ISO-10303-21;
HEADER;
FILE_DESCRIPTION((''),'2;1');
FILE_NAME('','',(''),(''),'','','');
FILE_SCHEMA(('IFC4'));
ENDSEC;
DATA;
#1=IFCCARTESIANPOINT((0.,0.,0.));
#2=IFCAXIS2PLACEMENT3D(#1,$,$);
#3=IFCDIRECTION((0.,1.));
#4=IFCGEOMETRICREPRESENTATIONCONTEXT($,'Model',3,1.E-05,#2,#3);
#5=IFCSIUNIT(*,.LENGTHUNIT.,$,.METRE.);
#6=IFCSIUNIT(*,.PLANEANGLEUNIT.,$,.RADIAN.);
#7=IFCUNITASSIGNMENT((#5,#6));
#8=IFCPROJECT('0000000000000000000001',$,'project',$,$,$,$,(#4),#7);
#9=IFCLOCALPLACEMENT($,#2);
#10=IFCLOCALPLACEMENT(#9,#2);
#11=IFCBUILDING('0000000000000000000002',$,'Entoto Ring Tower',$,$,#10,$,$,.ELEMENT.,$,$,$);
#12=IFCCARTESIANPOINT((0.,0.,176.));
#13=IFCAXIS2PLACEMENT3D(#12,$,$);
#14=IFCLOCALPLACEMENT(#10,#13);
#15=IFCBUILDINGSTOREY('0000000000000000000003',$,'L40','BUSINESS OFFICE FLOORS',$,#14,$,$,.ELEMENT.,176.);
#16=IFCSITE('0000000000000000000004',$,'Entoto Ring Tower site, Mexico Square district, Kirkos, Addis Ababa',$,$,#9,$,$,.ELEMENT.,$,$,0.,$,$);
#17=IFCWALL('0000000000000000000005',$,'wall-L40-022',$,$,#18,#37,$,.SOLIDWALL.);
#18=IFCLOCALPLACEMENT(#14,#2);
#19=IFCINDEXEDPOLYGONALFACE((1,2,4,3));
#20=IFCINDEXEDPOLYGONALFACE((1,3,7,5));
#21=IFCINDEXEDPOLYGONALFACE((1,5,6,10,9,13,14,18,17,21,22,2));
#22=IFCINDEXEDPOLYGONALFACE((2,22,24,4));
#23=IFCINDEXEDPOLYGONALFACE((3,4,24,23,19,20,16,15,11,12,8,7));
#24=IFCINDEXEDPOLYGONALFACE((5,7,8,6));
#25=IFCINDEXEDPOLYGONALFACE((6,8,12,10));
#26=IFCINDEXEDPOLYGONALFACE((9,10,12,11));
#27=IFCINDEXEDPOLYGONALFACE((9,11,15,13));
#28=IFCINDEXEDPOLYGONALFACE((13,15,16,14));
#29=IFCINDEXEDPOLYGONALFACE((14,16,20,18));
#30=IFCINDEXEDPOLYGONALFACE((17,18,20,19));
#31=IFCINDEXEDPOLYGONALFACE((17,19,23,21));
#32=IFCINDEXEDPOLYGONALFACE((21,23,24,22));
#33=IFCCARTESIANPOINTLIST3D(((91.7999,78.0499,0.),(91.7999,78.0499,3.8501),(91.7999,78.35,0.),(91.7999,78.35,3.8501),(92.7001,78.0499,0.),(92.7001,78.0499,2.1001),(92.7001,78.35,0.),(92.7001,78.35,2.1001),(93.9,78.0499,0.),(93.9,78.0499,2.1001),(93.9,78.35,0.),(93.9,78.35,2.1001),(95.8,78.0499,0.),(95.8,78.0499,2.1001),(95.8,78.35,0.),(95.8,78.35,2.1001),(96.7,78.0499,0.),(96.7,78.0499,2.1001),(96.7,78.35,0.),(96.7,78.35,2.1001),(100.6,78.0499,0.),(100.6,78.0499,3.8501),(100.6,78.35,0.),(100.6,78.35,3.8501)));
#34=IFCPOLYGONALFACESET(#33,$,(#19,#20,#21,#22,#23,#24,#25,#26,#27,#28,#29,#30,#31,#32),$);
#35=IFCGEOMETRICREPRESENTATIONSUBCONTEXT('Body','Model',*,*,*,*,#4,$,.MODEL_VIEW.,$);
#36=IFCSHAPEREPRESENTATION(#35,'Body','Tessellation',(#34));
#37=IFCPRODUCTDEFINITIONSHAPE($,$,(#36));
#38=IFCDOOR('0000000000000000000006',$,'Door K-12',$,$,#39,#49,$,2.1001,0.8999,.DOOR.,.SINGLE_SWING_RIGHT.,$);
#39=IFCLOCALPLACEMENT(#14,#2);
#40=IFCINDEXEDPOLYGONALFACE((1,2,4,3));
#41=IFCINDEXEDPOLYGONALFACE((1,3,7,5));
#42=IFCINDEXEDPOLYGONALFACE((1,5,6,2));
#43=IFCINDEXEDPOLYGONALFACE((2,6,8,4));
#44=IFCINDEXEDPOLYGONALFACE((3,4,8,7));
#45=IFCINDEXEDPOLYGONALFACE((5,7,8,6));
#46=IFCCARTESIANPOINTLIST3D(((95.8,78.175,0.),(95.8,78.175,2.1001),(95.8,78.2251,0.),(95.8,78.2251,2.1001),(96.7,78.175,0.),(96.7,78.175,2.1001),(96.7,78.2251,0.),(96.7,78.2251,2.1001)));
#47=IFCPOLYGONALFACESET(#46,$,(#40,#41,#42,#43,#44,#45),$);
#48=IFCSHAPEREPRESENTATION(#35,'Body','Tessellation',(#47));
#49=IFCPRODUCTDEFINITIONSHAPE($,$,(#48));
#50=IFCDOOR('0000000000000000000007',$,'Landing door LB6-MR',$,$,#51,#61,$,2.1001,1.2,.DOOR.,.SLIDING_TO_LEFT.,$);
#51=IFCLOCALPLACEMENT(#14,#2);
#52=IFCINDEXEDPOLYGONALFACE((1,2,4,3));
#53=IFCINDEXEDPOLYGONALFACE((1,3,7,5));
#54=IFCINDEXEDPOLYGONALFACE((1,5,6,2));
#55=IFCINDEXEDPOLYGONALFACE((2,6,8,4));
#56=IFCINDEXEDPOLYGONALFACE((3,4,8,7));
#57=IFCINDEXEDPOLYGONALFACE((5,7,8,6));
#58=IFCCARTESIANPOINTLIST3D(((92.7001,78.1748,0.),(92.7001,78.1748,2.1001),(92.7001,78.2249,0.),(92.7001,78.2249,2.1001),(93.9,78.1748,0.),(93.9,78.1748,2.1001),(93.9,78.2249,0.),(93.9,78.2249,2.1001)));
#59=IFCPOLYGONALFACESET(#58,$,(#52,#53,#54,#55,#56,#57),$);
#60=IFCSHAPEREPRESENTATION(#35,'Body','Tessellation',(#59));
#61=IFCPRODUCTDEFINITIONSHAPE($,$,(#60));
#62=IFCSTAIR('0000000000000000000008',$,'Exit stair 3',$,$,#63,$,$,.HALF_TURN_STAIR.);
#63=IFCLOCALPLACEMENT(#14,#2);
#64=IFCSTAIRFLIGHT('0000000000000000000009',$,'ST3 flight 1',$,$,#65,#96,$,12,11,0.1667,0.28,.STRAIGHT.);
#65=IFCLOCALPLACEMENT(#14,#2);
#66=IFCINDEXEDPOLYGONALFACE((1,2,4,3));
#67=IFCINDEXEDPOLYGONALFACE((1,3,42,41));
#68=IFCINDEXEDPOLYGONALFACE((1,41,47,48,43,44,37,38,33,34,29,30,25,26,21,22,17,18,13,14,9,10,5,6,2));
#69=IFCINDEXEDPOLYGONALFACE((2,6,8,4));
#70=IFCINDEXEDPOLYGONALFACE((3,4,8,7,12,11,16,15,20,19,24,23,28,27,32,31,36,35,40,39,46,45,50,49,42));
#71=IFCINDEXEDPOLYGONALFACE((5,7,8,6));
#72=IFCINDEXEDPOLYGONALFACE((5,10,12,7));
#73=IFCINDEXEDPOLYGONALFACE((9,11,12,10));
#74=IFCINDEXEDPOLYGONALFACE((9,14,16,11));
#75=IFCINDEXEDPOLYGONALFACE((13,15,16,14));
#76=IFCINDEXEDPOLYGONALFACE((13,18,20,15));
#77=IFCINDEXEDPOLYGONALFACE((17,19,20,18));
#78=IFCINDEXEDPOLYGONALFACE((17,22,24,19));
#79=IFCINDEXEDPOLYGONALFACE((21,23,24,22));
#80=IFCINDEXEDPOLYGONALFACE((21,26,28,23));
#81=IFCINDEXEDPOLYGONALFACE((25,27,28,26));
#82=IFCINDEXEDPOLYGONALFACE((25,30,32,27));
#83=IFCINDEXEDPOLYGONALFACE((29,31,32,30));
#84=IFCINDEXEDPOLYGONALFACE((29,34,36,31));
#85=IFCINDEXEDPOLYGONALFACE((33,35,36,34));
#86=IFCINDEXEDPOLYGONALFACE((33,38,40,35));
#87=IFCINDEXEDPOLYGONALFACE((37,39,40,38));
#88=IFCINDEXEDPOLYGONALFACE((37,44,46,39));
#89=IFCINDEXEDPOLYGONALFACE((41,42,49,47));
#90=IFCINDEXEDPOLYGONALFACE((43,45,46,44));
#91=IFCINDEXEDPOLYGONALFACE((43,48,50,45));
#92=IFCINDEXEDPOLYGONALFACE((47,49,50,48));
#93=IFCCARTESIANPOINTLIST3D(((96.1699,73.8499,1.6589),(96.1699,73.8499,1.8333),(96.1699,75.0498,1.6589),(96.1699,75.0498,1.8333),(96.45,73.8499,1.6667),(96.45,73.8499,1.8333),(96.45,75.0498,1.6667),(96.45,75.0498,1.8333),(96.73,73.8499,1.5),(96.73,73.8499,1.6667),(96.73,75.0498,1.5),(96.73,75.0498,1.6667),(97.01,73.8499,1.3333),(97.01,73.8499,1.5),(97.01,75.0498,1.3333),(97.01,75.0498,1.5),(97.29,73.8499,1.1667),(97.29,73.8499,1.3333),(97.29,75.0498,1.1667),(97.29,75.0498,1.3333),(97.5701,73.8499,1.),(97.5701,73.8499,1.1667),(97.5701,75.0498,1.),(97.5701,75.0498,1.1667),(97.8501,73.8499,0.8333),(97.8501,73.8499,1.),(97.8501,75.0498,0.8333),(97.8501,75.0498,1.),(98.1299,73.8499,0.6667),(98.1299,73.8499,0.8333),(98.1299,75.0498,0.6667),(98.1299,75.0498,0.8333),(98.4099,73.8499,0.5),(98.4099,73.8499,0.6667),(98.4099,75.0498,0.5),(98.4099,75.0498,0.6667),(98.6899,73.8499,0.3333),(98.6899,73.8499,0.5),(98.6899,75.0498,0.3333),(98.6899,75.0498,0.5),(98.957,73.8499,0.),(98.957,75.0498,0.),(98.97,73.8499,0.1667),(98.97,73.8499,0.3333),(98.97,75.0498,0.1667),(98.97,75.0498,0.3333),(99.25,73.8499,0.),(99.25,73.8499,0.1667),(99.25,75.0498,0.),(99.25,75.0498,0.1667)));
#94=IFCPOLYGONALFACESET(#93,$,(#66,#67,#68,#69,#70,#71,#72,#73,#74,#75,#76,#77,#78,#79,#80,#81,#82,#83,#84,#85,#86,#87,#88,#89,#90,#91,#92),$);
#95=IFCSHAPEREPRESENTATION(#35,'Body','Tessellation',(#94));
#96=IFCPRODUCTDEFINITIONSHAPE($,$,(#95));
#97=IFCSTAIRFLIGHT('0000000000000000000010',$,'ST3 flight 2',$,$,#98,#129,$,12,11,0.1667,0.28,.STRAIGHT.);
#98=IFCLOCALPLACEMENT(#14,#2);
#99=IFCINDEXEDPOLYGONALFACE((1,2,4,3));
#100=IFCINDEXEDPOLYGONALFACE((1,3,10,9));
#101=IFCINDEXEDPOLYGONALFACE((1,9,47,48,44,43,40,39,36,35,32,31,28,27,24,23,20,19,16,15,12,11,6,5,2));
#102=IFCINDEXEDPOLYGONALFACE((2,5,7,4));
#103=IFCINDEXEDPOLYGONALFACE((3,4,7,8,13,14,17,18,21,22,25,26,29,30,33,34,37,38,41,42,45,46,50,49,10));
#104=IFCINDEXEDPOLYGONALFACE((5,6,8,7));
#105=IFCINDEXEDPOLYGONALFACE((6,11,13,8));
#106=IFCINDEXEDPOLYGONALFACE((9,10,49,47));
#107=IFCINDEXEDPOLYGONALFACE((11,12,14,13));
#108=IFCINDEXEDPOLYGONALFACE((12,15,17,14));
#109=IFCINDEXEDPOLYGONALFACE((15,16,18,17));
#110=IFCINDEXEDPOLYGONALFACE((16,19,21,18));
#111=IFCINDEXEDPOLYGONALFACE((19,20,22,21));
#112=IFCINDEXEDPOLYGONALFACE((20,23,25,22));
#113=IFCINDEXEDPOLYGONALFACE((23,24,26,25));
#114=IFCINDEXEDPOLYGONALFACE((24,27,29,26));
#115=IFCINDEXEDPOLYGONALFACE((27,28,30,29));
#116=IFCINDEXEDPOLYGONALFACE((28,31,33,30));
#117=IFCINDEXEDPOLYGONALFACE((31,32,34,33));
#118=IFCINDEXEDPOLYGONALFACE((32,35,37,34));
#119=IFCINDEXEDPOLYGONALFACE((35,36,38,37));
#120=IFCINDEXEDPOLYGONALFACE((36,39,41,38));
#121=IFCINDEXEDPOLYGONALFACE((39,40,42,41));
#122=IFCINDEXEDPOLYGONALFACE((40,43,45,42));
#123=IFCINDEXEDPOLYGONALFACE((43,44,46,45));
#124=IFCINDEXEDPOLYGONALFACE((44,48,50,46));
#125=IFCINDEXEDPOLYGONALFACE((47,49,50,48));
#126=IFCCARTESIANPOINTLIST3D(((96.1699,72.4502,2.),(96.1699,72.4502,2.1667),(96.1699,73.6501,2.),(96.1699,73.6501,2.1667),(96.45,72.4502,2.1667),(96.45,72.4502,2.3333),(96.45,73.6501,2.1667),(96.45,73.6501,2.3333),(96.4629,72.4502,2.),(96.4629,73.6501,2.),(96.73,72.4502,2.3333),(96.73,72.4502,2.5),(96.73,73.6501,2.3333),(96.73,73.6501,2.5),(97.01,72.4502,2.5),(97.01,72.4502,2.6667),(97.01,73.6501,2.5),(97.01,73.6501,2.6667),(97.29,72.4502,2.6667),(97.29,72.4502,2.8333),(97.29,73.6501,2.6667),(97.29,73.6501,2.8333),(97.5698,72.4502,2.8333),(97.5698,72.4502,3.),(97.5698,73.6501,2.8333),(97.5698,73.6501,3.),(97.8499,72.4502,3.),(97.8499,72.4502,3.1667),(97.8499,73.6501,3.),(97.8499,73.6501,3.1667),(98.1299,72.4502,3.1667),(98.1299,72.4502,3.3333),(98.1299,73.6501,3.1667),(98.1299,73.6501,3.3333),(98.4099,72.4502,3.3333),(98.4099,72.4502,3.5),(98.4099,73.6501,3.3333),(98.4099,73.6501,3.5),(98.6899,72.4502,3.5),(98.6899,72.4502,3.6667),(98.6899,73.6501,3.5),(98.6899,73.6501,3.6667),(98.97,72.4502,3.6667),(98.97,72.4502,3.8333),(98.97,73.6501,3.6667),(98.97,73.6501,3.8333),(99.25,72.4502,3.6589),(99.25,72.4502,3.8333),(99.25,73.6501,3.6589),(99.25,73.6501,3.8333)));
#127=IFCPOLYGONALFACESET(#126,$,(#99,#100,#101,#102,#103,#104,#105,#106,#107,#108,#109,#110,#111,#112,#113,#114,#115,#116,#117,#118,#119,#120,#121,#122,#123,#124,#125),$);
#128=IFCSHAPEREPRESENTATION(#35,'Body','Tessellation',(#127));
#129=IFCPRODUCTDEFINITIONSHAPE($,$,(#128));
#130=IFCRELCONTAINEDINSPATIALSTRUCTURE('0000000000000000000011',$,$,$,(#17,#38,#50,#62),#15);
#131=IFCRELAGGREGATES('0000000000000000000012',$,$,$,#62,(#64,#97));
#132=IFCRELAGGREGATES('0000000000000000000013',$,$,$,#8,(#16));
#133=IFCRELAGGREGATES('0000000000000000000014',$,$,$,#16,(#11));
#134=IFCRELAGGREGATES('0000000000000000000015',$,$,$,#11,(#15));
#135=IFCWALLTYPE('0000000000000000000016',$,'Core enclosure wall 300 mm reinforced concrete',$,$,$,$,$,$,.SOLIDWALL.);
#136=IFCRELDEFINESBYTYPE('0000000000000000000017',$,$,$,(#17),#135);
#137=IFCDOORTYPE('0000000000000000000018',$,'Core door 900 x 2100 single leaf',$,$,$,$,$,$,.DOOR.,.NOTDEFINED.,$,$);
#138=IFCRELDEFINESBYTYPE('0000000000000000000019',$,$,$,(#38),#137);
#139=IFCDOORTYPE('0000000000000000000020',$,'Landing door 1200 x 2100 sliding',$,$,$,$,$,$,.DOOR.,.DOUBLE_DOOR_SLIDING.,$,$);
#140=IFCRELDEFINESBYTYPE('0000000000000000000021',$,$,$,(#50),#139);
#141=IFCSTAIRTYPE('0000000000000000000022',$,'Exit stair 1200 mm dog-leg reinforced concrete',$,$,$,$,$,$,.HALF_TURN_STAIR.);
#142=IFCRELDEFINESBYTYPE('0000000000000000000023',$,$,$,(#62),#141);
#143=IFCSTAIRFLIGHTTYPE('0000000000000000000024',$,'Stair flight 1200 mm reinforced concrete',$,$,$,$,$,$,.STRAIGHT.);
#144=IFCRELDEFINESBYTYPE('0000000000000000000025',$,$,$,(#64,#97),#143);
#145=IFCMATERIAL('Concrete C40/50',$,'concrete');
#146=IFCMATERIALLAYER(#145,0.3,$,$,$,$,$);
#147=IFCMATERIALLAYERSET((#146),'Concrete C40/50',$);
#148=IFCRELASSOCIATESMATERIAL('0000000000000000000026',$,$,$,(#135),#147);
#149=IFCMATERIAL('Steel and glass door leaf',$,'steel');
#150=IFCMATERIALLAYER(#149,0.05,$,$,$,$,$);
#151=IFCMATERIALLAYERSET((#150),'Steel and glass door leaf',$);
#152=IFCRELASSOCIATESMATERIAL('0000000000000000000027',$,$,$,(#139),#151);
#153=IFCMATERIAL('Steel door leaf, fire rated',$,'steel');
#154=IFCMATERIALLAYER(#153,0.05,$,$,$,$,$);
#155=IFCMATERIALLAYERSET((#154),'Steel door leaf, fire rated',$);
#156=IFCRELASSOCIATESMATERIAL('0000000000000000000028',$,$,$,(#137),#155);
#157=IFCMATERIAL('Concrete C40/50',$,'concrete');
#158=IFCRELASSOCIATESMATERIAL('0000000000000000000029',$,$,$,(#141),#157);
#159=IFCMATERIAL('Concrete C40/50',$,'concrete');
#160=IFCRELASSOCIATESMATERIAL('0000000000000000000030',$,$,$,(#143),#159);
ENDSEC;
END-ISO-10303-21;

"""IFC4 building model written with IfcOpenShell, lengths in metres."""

from ifc_helpers import new_model, si_unit, direction, frame, frame_2d, origin, place, context, subcontext, project, spatial, polyline, rectangle, outline, extrude, material, layer, layer_set, type_object, element, fill, aggregate, save


model = new_model("IFC4")

# Units and contexts
model_context = context("Model", 3, precision=1e-05, world=origin(), true_north=direction((0.0, 1.0)))
body_context = subcontext(model_context, "Body", "Model", "MODEL_VIEW")
ifc_project = project(units=[si_unit("LENGTHUNIT", "METRE"), si_unit("PLANEANGLEUNIT", "RADIAN")], contexts=[model_context])

# Site, building, storey
site_placement = place(None, origin())
site = spatial("IfcSite", under=ifc_project, at=site_placement, Name="Entoto Ring Tower site, Mexico Square district, Kirkos, Addis Ababa", CompositionType="ELEMENT", RefElevation=0.0)
building_placement = place(site_placement, origin())
building = spatial("IfcBuilding", under=site, at=building_placement, Name="Entoto Ring Tower", CompositionType="ELEMENT")
storey_placement = place(building_placement, frame((0.0, 0.0, 176.0)))
storey = spatial("IfcBuildingStorey", under=building, at=storey_placement, Name="L40", Description="BUSINESS OFFICE FLOORS", CompositionType="ELEMENT", Elevation=176.0)

# Shared definitions
ifc_material_1 = material(Name="Concrete C40/50", Category="concrete")
ifc_layer_1 = layer(ifc_material_1, 0.3)
ifc_layer_set_1 = layer_set([ifc_layer_1], Name="Concrete C40/50")
wall_type = type_object("IfcWallType", Name="Core enclosure wall 300 mm reinforced concrete", PredefinedType="SOLIDWALL", material=ifc_layer_set_1)

# Shared definitions
ifc_material_2 = material(Name="Steel and glass door leaf", Category="steel")
ifc_layer_2 = layer(ifc_material_2, 0.05)
ifc_layer_set_2 = layer_set([ifc_layer_2], Name="Steel and glass door leaf")
door_type_1 = type_object("IfcDoorType", Name="Landing door 1200 x 2100 sliding", OperationType="DOUBLE_DOOR_SLIDING", PredefinedType="DOOR", material=ifc_layer_set_2)

# Wall, openings, doors
wall_1_placement = place(storey_placement, frame((91.8, 78.2, 0.0), z_axis=(0.0, 0.0, 1.0), x_axis=(1.0, 0.0, 0.0)))
wall_1 = element("IfcWall", 1, at=wall_1_placement, inside=storey, type_object=wall_type, Name="wall-L40-022", PredefinedType="SOLIDWALL", context=body_context, shape_type="SweptSolid", body=[
    extrude(rectangle(XDim=8.8, YDim=0.3, at=frame_2d((4.3999, 0.0))), origin(), (0.0, 0.0, 1.0), 3.8501),
])
opening_1_placement = place(wall_1_placement, frame((0.8999, 0.0, 0.0)))
opening_1 = element("IfcOpeningElement", 2, at=opening_1_placement, cuts=wall_1, PredefinedType="OPENING", context=body_context, shape_type="SweptSolid", body=[
    extrude(rectangle(XDim=1.2, YDim=2.1001, at=frame_2d((0.6001, 1.05))), frame((0.0, 0.1602, 0.0), z_axis=(0.0, -1.0, 0.0), x_axis=(1.0, 0.0, 0.0)), (0.0, 0.0, 1.0), 0.3201),
])
opening_2_placement = place(wall_1_placement, frame((4.0, 0.0, 0.0)))
opening_2 = element("IfcOpeningElement", 3, at=opening_2_placement, cuts=wall_1, PredefinedType="OPENING", context=body_context, shape_type="SweptSolid", body=[
    extrude(rectangle(XDim=0.8999, YDim=2.1001, at=frame_2d((0.45, 1.05))), frame((0.0, 0.1602, 0.0), z_axis=(0.0, -1.0, 0.0), x_axis=(1.0, 0.0, 0.0)), (0.0, 0.0, 1.0), 0.3201),
])
ifc_material_3 = material(Name="Steel door leaf, fire rated", Category="steel")
ifc_layer_3 = layer(ifc_material_3, 0.05)
ifc_layer_set_3 = layer_set([ifc_layer_3], Name="Steel door leaf, fire rated")
door_type_2 = type_object("IfcDoorType", Name="Core door 900 x 2100 single leaf", OperationType="NOTDEFINED", PredefinedType="DOOR", material=ifc_layer_set_3)
door_1_placement = place(opening_2_placement, frame((0.8999, 0.0, 0.0), z_axis=(0.0, 0.0, 1.0), x_axis=(-1.0, 0.0, 0.0)))
door_1 = element("IfcDoor", 4, at=door_1_placement, inside=storey, type_object=door_type_2, Name="Door K-12", OperationType="SINGLE_SWING_RIGHT", OverallHeight=2.1001, OverallWidth=0.8999, PredefinedType="DOOR", context=body_context, shape_type="SweptSolid", body=[
    extrude(rectangle(XDim=0.8999, YDim=2.1001, at=frame_2d((0.45, 1.05))), frame((0.0, 0.0249, 0.0), z_axis=(0.0, -1.0, 0.0), x_axis=(1.0, 0.0, 0.0)), (0.0, 0.0, 1.0), 0.05),
])
fill(opening_2, door_1)
door_2_placement = place(opening_1_placement, origin())
door_2 = element("IfcDoor", 5, at=door_2_placement, inside=storey, type_object=door_type_1, Name="Landing door LB6-MR", OperationType="SLIDING_TO_LEFT", OverallHeight=2.1001, OverallWidth=1.2, PredefinedType="DOOR", context=body_context, shape_type="SweptSolid", body=[
    extrude(rectangle(XDim=1.2, YDim=2.1001, at=frame_2d((0.6001, 1.05))), frame((0.0, 0.0249, 0.0), z_axis=(0.0, -1.0, 0.0), x_axis=(1.0, 0.0, 0.0)), (0.0, 0.0, 1.0), 0.05),
])
fill(opening_1, door_2)

# Stair, stair flights
ifc_material_4 = material(Name="Concrete C40/50", Category="concrete")
stair_type = type_object("IfcStairType", Name="Exit stair 1200 mm dog-leg reinforced concrete", PredefinedType="HALF_TURN_STAIR", material=ifc_material_4)
stair_placement = place(storey_placement, origin())
stair = element("IfcStair", 6, at=stair_placement, inside=storey, type_object=stair_type, Name="Exit stair 3", PredefinedType="HALF_TURN_STAIR")
ifc_material_5 = material(Name="Concrete C40/50", Category="concrete")
stair_flight_type = type_object("IfcStairFlightType", Name="Stair flight 1200 mm reinforced concrete", PredefinedType="STRAIGHT", material=ifc_material_5)
stair_flight_1_placement = place(storey_placement, frame((99.25, 74.45, 0.0), z_axis=(0.0, 0.0, 1.0), x_axis=(-1.0, 0.0, 0.0)))
stair_flight_1 = element("IfcStairFlight", 7, at=stair_flight_1_placement, type_object=stair_flight_type, Name="ST3 flight 1", NumberOfRisers=12, NumberOfTreads=11, PredefinedType="STRAIGHT", RiserHeight=0.1667, TreadLength=0.28, context=body_context, shape_type="SweptSolid", body=[
    extrude(outline(polyline([(0.0, 0.0), (0.0, 0.1667), (0.28, 0.1667), (0.28, 0.3333), (0.5601, 0.3333), (0.5601, 0.5), (0.8401, 0.5), (0.8401, 0.6667), (1.1201, 0.6667), (1.1201, 0.8333), (1.3999, 0.8333), (1.3999, 1.0), (1.6799, 1.0), (1.6799, 1.1667), (1.96, 1.1667), (1.96, 1.3333), (2.24, 1.3333), (2.24, 1.5), (2.52, 1.5), (2.52, 1.6667), (2.8, 1.6667), (2.8, 1.8333), (3.0801, 1.8333), (3.0801, 2.0), (3.0801, 1.6589), (0.293, 0.0), (0.0, 0.0)])), frame((0.0, 0.6001, 0.0), z_axis=(0.0, -1.0, 0.0), x_axis=(1.0, 0.0, 0.0)), (0.0, 0.0, 1.0), 1.2),
])
stair_flight_2_placement = place(storey_placement, frame((96.1699, 73.05, 2.0), z_axis=(0.0, 0.0, 1.0), x_axis=(1.0, 0.0, 0.0)))
stair_flight_2 = element("IfcStairFlight", 8, at=stair_flight_2_placement, type_object=stair_flight_type, Name="ST3 flight 2", NumberOfRisers=12, NumberOfTreads=11, PredefinedType="STRAIGHT", RiserHeight=0.1667, TreadLength=0.28, context=body_context, shape_type="SweptSolid", body=[
    extrude(outline(polyline([(0.0, 0.0), (0.0, 0.1667), (0.28, 0.1667), (0.28, 0.3333), (0.5601, 0.3333), (0.5601, 0.5), (0.8401, 0.5), (0.8401, 0.6667), (1.1201, 0.6667), (1.1201, 0.8333), (1.3999, 0.8333), (1.3999, 1.0), (1.6799, 1.0), (1.6799, 1.1667), (1.96, 1.1667), (1.96, 1.3333), (2.24, 1.3333), (2.24, 1.5), (2.52, 1.5), (2.52, 1.6667), (2.8, 1.6667), (2.8, 1.8333), (3.0801, 1.8333), (3.0801, 2.0), (3.0801, 1.6589), (0.293, 0.0), (0.0, 0.0)])), frame((0.0, 0.6001, 0.0), z_axis=(0.0, -1.0, 0.0), x_axis=(1.0, 0.0, 0.0)), (0.0, 0.0, 1.0), 1.2),
])
aggregate(stair, [stair_flight_1, stair_flight_2])

save(model, "model.ifc")
